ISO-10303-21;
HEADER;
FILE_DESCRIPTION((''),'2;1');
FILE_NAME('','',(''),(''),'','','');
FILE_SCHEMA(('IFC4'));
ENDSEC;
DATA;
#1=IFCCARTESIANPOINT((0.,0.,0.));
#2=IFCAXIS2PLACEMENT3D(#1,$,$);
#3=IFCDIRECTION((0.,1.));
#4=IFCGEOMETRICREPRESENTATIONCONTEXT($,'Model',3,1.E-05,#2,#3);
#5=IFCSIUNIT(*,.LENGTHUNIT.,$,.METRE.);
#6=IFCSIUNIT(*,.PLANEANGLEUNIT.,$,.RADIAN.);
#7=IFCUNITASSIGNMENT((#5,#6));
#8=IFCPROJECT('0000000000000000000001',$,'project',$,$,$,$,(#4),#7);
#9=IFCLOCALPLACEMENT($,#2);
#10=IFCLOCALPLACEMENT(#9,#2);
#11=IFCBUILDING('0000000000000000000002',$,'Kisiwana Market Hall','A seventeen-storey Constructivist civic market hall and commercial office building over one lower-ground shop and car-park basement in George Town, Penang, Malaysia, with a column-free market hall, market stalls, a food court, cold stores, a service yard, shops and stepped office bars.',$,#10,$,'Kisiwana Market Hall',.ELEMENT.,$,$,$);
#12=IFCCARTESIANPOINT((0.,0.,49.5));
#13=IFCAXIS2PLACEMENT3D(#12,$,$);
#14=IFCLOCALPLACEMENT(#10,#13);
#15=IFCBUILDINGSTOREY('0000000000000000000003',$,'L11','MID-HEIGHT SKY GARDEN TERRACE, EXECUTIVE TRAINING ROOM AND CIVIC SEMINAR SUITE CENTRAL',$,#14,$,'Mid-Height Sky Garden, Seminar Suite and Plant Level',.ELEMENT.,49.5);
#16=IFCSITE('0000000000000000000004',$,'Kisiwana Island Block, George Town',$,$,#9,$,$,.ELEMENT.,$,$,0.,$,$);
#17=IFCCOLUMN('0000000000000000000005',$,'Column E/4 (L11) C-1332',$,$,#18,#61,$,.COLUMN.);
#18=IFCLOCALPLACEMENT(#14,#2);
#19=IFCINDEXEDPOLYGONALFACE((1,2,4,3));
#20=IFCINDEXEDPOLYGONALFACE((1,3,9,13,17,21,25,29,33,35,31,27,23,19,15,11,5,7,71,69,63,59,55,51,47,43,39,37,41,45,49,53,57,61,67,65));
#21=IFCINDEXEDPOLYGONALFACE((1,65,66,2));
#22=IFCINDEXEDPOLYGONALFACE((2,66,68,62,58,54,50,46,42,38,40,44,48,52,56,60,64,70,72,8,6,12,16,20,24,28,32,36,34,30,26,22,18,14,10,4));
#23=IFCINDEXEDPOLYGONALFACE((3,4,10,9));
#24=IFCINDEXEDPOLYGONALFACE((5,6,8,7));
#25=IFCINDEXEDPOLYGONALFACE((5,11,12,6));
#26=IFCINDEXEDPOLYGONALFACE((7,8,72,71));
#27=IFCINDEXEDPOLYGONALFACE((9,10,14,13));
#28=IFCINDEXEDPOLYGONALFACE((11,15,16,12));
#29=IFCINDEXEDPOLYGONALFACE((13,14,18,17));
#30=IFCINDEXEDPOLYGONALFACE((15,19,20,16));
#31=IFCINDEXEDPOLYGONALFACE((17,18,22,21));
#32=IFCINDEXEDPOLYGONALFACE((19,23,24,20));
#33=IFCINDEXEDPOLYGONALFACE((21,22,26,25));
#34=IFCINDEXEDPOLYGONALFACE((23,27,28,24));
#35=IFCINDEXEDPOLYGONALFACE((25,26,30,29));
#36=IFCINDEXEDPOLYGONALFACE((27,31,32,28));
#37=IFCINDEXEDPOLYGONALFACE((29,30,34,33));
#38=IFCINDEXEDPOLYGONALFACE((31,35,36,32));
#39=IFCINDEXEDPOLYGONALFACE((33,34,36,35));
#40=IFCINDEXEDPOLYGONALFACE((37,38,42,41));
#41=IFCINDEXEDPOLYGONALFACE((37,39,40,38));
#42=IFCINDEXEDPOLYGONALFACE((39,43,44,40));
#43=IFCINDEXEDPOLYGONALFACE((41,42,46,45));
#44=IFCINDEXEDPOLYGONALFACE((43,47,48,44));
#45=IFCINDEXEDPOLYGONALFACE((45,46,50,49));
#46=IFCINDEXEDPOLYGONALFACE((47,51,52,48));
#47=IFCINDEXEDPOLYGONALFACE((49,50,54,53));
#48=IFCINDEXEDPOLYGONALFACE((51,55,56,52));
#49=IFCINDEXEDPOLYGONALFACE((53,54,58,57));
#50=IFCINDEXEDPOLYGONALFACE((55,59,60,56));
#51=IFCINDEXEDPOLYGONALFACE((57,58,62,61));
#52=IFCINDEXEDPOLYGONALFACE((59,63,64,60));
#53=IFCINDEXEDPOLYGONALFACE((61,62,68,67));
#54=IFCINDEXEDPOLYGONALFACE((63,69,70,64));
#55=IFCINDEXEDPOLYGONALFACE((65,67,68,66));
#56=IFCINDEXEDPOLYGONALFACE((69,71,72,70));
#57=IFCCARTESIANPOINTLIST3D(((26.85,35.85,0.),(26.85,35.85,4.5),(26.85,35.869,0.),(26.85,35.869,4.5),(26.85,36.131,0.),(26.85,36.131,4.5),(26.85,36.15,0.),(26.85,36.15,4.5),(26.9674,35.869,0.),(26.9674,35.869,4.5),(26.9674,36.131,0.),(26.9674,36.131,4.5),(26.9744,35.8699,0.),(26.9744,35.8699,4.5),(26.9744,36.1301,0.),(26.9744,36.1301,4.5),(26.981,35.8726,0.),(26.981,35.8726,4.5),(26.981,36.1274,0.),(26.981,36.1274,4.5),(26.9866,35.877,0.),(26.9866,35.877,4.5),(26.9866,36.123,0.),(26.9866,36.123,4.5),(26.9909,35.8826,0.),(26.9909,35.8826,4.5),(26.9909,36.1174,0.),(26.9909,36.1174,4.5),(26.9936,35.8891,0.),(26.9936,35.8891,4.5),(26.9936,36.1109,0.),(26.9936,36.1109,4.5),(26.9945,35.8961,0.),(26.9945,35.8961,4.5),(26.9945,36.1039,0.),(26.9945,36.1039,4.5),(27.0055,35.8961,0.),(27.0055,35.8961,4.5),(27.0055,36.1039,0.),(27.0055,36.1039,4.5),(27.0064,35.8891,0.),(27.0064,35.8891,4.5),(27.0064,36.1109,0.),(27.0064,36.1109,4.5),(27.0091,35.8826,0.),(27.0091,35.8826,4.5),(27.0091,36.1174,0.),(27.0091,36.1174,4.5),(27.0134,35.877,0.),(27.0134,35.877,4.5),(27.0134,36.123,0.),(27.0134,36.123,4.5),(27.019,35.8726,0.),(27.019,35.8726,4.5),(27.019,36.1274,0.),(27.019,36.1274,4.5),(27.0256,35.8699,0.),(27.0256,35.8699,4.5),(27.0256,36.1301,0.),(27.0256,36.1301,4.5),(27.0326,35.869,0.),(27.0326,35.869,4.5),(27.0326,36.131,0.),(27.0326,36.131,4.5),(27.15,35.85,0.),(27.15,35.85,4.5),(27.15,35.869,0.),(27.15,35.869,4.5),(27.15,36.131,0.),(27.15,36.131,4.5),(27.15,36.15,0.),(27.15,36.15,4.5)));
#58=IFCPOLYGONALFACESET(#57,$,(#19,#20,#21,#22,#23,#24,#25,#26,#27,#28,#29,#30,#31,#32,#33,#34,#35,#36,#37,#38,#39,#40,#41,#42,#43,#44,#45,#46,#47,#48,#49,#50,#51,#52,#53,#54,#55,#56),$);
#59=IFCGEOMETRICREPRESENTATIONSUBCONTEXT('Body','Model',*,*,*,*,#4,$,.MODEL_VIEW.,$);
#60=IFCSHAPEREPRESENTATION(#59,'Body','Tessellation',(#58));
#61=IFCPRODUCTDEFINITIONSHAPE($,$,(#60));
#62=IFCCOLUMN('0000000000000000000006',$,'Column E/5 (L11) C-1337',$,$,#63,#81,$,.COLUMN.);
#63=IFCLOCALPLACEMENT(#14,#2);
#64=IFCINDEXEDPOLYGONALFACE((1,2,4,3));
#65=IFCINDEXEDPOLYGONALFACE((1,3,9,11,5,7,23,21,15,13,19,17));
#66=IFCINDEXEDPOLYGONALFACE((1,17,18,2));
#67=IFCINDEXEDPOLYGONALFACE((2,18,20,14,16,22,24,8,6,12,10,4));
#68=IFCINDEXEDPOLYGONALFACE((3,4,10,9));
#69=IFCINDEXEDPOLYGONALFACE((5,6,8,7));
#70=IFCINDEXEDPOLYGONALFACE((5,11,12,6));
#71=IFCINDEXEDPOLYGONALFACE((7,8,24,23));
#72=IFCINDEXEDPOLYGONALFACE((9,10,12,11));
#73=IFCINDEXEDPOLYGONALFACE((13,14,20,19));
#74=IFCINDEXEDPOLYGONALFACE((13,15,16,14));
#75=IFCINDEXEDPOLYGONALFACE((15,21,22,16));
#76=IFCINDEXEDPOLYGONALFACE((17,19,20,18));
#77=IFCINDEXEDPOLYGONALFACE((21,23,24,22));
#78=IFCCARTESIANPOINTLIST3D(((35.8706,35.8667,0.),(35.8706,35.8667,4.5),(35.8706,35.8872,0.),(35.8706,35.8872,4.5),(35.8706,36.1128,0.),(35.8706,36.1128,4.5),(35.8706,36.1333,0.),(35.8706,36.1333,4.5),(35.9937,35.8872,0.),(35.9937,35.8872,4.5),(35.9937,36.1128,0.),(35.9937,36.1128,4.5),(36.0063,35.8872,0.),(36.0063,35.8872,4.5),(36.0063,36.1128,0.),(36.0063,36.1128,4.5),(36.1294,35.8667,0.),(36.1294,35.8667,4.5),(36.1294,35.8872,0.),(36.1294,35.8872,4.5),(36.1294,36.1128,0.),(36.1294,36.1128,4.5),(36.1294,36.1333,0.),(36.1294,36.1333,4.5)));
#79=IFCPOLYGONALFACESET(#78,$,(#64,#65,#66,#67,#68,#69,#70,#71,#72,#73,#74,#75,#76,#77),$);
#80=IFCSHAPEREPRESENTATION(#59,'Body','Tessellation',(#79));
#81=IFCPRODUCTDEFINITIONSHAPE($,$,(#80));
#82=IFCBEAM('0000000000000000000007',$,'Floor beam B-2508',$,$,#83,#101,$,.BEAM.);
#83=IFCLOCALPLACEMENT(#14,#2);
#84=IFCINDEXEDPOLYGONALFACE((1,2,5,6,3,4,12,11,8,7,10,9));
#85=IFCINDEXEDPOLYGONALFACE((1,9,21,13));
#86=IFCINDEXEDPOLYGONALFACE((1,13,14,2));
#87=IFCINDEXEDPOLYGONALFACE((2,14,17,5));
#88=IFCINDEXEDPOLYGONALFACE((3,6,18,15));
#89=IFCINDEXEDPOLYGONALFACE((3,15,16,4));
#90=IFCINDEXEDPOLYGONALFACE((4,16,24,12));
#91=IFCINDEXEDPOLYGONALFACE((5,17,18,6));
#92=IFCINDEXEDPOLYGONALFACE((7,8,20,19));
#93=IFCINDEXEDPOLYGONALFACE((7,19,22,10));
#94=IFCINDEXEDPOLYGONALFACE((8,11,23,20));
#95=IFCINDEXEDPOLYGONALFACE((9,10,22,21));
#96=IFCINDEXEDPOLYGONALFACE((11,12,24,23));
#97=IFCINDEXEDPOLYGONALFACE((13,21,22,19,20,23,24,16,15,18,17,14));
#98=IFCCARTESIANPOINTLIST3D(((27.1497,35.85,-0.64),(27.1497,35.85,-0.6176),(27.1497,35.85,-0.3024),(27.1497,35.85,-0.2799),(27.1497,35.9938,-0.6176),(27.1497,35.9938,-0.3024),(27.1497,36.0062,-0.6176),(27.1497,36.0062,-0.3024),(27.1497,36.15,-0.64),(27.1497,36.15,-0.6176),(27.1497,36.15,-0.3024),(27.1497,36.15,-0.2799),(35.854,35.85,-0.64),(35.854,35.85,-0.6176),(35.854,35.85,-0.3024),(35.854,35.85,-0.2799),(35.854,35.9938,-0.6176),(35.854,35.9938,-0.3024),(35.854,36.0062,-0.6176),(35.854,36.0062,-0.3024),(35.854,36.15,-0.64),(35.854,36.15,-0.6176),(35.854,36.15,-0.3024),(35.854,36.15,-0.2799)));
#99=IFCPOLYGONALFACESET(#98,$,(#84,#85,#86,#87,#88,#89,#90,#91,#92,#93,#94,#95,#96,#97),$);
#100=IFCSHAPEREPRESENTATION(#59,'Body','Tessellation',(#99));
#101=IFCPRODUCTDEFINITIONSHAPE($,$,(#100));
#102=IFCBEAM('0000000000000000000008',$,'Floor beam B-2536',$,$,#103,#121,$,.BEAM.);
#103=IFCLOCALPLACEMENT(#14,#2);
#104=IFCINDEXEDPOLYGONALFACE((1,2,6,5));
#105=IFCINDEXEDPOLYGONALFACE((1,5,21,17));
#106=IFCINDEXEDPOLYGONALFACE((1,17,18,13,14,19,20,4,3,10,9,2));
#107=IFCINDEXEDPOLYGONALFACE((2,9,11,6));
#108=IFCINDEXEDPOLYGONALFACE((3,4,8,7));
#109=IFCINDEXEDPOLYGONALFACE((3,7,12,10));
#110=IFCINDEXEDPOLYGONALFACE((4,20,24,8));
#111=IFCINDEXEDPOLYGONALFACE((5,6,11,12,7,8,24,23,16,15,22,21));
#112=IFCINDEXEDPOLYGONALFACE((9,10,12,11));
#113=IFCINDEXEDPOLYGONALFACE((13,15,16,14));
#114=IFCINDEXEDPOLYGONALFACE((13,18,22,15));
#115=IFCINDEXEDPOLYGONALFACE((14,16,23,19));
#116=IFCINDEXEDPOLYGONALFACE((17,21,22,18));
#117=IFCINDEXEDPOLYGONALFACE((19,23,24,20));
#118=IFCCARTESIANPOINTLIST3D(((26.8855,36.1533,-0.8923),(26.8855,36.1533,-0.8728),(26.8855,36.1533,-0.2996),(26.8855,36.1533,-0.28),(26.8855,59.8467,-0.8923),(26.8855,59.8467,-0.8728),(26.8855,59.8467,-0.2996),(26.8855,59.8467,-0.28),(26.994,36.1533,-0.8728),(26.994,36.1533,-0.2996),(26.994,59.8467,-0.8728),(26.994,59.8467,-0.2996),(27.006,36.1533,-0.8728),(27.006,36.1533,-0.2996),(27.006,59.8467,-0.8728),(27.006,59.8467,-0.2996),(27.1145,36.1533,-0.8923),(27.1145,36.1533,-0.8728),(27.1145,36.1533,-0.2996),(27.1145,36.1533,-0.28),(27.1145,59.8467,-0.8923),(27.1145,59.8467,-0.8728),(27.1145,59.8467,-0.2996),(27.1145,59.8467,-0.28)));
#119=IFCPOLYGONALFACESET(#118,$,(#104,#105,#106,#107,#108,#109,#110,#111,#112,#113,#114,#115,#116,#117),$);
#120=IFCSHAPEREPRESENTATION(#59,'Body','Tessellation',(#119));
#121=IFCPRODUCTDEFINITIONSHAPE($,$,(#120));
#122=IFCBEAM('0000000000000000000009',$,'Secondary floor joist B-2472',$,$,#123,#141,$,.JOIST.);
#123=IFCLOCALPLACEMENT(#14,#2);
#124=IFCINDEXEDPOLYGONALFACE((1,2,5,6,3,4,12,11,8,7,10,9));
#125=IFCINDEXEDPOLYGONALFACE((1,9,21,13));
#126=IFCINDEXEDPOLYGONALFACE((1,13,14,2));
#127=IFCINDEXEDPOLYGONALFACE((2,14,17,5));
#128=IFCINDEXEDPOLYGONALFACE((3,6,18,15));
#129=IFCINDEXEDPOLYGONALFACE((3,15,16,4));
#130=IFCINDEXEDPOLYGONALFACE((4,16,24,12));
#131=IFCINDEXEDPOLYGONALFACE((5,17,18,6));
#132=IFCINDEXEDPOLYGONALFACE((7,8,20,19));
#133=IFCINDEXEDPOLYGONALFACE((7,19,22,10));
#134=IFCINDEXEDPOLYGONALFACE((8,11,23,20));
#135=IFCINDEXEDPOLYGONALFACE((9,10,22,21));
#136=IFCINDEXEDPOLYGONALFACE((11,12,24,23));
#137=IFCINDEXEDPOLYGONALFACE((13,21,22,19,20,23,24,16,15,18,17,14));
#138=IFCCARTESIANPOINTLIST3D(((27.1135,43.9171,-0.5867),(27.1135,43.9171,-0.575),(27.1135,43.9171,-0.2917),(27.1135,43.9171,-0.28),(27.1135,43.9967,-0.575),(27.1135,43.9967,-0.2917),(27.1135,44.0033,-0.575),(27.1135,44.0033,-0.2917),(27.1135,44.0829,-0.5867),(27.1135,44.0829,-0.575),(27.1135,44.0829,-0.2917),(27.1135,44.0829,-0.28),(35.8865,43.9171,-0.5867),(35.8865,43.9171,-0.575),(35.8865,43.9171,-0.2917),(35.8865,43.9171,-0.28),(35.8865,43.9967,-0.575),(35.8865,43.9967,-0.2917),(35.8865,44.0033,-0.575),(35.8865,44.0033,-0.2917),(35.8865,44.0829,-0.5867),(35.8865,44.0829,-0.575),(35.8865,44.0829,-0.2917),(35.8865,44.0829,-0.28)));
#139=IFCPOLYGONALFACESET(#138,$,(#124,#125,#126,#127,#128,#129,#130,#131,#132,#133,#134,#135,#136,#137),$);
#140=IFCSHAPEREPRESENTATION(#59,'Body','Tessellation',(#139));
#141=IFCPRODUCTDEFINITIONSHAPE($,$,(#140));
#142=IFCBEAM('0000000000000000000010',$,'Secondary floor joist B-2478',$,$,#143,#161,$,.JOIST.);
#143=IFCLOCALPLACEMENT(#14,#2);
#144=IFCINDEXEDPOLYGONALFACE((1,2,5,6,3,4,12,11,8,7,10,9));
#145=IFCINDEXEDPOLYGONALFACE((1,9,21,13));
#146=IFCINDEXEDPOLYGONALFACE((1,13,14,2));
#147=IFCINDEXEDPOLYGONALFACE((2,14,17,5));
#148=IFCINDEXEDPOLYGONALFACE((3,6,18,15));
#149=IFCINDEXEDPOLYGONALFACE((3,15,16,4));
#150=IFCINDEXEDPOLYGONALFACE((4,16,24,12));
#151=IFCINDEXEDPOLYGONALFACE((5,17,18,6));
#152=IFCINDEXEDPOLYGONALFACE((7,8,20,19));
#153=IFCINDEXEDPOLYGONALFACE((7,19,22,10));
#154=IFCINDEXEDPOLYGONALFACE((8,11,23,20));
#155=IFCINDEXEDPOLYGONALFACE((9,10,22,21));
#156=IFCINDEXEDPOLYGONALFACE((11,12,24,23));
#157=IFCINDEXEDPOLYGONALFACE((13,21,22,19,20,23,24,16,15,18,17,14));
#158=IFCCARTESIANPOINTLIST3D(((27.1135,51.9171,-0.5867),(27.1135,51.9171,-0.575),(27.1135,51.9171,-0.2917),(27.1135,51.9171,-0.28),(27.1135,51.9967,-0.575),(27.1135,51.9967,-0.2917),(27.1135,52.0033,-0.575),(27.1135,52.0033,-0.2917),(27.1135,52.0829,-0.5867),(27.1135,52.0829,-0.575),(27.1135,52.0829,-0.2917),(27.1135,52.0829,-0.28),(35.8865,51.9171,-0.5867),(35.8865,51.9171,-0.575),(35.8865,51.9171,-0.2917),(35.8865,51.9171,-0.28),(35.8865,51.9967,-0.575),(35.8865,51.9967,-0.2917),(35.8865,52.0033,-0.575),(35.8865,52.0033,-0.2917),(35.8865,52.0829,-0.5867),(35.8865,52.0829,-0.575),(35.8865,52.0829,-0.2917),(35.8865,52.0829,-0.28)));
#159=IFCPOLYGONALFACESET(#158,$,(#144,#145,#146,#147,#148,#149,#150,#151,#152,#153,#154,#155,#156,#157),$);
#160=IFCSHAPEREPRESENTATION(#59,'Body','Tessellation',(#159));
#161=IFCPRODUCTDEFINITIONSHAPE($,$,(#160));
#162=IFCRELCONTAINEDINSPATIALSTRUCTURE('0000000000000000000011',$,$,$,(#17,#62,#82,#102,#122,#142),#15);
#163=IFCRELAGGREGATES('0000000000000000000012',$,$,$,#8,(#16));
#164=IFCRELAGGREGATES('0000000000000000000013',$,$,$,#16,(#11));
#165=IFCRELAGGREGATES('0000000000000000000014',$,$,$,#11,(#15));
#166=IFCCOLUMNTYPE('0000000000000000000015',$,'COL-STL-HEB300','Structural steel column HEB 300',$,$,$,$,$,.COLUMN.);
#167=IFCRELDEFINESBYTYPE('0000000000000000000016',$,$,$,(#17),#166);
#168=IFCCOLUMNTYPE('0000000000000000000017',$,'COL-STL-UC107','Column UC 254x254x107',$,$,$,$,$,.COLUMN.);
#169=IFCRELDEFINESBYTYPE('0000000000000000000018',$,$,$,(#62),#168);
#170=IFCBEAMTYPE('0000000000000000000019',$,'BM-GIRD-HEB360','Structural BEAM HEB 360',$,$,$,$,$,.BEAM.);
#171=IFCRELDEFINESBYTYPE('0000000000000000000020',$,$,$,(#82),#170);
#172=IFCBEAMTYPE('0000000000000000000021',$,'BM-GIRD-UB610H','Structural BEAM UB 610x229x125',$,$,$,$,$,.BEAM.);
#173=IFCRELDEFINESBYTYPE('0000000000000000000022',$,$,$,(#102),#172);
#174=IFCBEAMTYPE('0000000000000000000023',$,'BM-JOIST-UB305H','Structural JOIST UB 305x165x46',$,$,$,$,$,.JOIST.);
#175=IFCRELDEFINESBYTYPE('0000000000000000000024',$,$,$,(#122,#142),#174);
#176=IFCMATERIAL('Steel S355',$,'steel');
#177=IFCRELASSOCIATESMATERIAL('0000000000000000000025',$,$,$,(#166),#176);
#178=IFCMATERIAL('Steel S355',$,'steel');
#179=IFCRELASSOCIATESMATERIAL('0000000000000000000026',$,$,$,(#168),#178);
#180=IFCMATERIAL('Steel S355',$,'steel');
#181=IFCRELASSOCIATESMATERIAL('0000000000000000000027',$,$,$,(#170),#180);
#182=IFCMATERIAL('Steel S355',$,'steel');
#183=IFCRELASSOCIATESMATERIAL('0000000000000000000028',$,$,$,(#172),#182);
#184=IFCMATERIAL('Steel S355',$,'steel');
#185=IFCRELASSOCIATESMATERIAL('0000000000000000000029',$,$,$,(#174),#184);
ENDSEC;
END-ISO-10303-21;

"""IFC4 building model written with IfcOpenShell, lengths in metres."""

from ifc_helpers import new_model, si_unit, direction, frame, origin, origin_2d, place, context, subcontext, project, spatial, i_section, extrude, material, material_profile, profile_set, type_object, element, save


model = new_model("IFC4")

# Units and contexts
model_context = context("Model", 3, precision=1e-05, world=origin(), true_north=direction((0.0, 1.0)))
body_context = subcontext(model_context, "Body", "Model", "MODEL_VIEW")
ifc_project = project(units=[si_unit("LENGTHUNIT", "METRE"), si_unit("PLANEANGLEUNIT", "RADIAN")], contexts=[model_context])

# Site, building, storey
site_placement = place(None, origin())
site = spatial("IfcSite", under=ifc_project, at=site_placement, Name="Kisiwana Island Block, George Town", CompositionType="ELEMENT", RefElevation=0.0)
building_placement = place(site_placement, origin())
building = spatial("IfcBuilding", under=site, at=building_placement, Name="Kisiwana Market Hall", Description="A seventeen-storey Constructivist civic market hall and commercial office building over one lower-ground shop and car-park basement in George Town, Penang, Malaysia, with a column-free market hall, market stalls, a food court, cold stores, a service yard, shops and stepped office bars.", LongName="Kisiwana Market Hall", CompositionType="ELEMENT")
storey_placement = place(building_placement, frame((0.0, 0.0, 49.5)))
storey = spatial("IfcBuildingStorey", under=building, at=storey_placement, Name="L11", Description="MID-HEIGHT SKY GARDEN TERRACE, EXECUTIVE TRAINING ROOM AND CIVIC SEMINAR SUITE CENTRAL", LongName="Mid-Height Sky Garden, Seminar Suite and Plant Level", CompositionType="ELEMENT", Elevation=49.5)

# Columns
ifc_material_1 = material(Name="Steel S355", Category="steel")
ifc_material_profile_1 = material_profile(ifc_material_1, i_section(OverallWidth=0.3, OverallDepth=0.3, WebThickness=0.011, FlangeThickness=0.019, FilletRadius=0.0271, at=origin_2d()), Name="HEB 300")
ifc_profile_set_1 = profile_set([ifc_material_profile_1], Name="Steel S355")
column_type_1 = type_object("IfcColumnType", Name="COL-STL-HEB300", Description="Structural steel column HEB 300", PredefinedType="COLUMN", material=ifc_profile_set_1)
column_1_placement = place(storey_placement, frame((27.0, 36.0, 0.0), z_axis=(0.0, 0.0, 1.0), x_axis=(1.0, 0.0, 0.0)))
element("IfcColumn", 1, at=column_1_placement, inside=storey, type_object=column_type_1, Name="Column E/4 (L11) C-1332", PredefinedType="COLUMN", context=body_context, shape_type="SweptSolid", body=[
    extrude(i_section(OverallWidth=0.3, OverallDepth=0.3, WebThickness=0.011, FlangeThickness=0.019, FilletRadius=0.0271, at=origin_2d()), origin(), (0.0, 0.0, 1.0), 4.5),
])
ifc_material_2 = material(Name="Steel S355", Category="steel")
ifc_material_profile_2 = material_profile(ifc_material_2, i_section(OverallWidth=0.2588, OverallDepth=0.2666, WebThickness=0.0127, FlangeThickness=0.0205, at=origin_2d()), Name="UC 254x254x107")
ifc_profile_set_2 = profile_set([ifc_material_profile_2], Name="Steel S355")
column_type_2 = type_object("IfcColumnType", Name="COL-STL-UC107", Description="Column UC 254x254x107", PredefinedType="COLUMN", material=ifc_profile_set_2)
column_2_placement = place(storey_placement, frame((36.0, 36.0, 0.0), z_axis=(0.0, 0.0, 1.0), x_axis=(1.0, 0.0, 0.0)))
element("IfcColumn", 2, at=column_2_placement, inside=storey, type_object=column_type_2, Name="Column E/5 (L11) C-1337", PredefinedType="COLUMN", context=body_context, shape_type="SweptSolid", body=[
    extrude(i_section(OverallWidth=0.2588, OverallDepth=0.2666, WebThickness=0.0127, FlangeThickness=0.0205, at=origin_2d()), origin(), (0.0, 0.0, 1.0), 4.5),
])

# Beams
ifc_material_3 = material(Name="Steel S355", Category="steel")
ifc_material_profile_3 = material_profile(ifc_material_3, i_section(OverallWidth=0.3, OverallDepth=0.3601, WebThickness=0.0125, FlangeThickness=0.0225, at=origin_2d()), Name="HEB 360")
ifc_profile_set_3 = profile_set([ifc_material_profile_3], Name="Steel S355")
beam_type_1 = type_object("IfcBeamType", Name="BM-GIRD-HEB360", Description="Structural BEAM HEB 360", PredefinedType="BEAM", material=ifc_profile_set_3)
beam_1_placement = place(storey_placement, frame((27.1497, 36.0, -0.46), z_axis=(1.0, 0.0, 0.0), x_axis=(0.0, 1.0, 0.0)))
element("IfcBeam", 3, at=beam_1_placement, inside=storey, type_object=beam_type_1, Name="Floor beam B-2508", PredefinedType="BEAM", context=body_context, shape_type="SweptSolid", body=[
    extrude(i_section(OverallWidth=0.3, OverallDepth=0.3601, WebThickness=0.0125, FlangeThickness=0.0225, at=origin_2d()), origin(), (0.0, 0.0, 1.0), 8.7043),
])
ifc_material_4 = material(Name="Steel S355", Category="steel")
ifc_material_profile_4 = material_profile(ifc_material_4, i_section(OverallWidth=0.229, OverallDepth=0.6123, WebThickness=0.012, FlangeThickness=0.0195, at=origin_2d()), Name="UB 610x229x125")
ifc_profile_set_4 = profile_set([ifc_material_profile_4], Name="Steel S355")
beam_type_2 = type_object("IfcBeamType", Name="BM-GIRD-UB610H", Description="Structural BEAM UB 610x229x125", PredefinedType="BEAM", material=ifc_profile_set_4)
beam_2_placement = place(storey_placement, frame((27.0, 36.1533, -0.5862), z_axis=(0.0, 1.0, 0.0), x_axis=(-1.0, 0.0, 0.0)))
element("IfcBeam", 4, at=beam_2_placement, inside=storey, type_object=beam_type_2, Name="Floor beam B-2536", PredefinedType="BEAM", context=body_context, shape_type="SweptSolid", body=[
    extrude(i_section(OverallWidth=0.229, OverallDepth=0.6123, WebThickness=0.012, FlangeThickness=0.0195, at=origin_2d()), origin(), (0.0, 0.0, 1.0), 23.6934),
])
ifc_material_5 = material(Name="Steel S355", Category="steel")
ifc_material_profile_5 = material_profile(ifc_material_5, i_section(OverallWidth=0.1658, OverallDepth=0.3066, WebThickness=0.0066, FlangeThickness=0.0117, at=origin_2d()), Name="UB 305x165x46")
ifc_profile_set_5 = profile_set([ifc_material_profile_5], Name="Steel S355")
beam_type_3 = type_object("IfcBeamType", Name="BM-JOIST-UB305H", Description="Structural JOIST UB 305x165x46", PredefinedType="JOIST", material=ifc_profile_set_5)
for number, where, z_axis, x_axis, name in (
    (5, (27.1135, 44.0, -0.4333), (1.0, 0.0, 0.0), (0.0, 1.0, 0.0), "Secondary floor joist B-2472"),
    (6, (27.1135, 52.0, -0.4333), (1.0, 0.0, 0.0), (0.0, 1.0, 0.0), "Secondary floor joist B-2478"),
):
    element("IfcBeam", number, at=place(storey_placement, frame(where, z_axis=z_axis, x_axis=x_axis)), inside=storey, type_object=beam_type_3, Name=name, PredefinedType="JOIST", context=body_context, shape_type="SweptSolid", body=[
        extrude(i_section(OverallWidth=0.1658, OverallDepth=0.3066, WebThickness=0.0066, FlangeThickness=0.0117, at=origin_2d()), origin(), (0.0, 0.0, 1.0), 8.7729),
    ])

save(model, "model.ifc")
